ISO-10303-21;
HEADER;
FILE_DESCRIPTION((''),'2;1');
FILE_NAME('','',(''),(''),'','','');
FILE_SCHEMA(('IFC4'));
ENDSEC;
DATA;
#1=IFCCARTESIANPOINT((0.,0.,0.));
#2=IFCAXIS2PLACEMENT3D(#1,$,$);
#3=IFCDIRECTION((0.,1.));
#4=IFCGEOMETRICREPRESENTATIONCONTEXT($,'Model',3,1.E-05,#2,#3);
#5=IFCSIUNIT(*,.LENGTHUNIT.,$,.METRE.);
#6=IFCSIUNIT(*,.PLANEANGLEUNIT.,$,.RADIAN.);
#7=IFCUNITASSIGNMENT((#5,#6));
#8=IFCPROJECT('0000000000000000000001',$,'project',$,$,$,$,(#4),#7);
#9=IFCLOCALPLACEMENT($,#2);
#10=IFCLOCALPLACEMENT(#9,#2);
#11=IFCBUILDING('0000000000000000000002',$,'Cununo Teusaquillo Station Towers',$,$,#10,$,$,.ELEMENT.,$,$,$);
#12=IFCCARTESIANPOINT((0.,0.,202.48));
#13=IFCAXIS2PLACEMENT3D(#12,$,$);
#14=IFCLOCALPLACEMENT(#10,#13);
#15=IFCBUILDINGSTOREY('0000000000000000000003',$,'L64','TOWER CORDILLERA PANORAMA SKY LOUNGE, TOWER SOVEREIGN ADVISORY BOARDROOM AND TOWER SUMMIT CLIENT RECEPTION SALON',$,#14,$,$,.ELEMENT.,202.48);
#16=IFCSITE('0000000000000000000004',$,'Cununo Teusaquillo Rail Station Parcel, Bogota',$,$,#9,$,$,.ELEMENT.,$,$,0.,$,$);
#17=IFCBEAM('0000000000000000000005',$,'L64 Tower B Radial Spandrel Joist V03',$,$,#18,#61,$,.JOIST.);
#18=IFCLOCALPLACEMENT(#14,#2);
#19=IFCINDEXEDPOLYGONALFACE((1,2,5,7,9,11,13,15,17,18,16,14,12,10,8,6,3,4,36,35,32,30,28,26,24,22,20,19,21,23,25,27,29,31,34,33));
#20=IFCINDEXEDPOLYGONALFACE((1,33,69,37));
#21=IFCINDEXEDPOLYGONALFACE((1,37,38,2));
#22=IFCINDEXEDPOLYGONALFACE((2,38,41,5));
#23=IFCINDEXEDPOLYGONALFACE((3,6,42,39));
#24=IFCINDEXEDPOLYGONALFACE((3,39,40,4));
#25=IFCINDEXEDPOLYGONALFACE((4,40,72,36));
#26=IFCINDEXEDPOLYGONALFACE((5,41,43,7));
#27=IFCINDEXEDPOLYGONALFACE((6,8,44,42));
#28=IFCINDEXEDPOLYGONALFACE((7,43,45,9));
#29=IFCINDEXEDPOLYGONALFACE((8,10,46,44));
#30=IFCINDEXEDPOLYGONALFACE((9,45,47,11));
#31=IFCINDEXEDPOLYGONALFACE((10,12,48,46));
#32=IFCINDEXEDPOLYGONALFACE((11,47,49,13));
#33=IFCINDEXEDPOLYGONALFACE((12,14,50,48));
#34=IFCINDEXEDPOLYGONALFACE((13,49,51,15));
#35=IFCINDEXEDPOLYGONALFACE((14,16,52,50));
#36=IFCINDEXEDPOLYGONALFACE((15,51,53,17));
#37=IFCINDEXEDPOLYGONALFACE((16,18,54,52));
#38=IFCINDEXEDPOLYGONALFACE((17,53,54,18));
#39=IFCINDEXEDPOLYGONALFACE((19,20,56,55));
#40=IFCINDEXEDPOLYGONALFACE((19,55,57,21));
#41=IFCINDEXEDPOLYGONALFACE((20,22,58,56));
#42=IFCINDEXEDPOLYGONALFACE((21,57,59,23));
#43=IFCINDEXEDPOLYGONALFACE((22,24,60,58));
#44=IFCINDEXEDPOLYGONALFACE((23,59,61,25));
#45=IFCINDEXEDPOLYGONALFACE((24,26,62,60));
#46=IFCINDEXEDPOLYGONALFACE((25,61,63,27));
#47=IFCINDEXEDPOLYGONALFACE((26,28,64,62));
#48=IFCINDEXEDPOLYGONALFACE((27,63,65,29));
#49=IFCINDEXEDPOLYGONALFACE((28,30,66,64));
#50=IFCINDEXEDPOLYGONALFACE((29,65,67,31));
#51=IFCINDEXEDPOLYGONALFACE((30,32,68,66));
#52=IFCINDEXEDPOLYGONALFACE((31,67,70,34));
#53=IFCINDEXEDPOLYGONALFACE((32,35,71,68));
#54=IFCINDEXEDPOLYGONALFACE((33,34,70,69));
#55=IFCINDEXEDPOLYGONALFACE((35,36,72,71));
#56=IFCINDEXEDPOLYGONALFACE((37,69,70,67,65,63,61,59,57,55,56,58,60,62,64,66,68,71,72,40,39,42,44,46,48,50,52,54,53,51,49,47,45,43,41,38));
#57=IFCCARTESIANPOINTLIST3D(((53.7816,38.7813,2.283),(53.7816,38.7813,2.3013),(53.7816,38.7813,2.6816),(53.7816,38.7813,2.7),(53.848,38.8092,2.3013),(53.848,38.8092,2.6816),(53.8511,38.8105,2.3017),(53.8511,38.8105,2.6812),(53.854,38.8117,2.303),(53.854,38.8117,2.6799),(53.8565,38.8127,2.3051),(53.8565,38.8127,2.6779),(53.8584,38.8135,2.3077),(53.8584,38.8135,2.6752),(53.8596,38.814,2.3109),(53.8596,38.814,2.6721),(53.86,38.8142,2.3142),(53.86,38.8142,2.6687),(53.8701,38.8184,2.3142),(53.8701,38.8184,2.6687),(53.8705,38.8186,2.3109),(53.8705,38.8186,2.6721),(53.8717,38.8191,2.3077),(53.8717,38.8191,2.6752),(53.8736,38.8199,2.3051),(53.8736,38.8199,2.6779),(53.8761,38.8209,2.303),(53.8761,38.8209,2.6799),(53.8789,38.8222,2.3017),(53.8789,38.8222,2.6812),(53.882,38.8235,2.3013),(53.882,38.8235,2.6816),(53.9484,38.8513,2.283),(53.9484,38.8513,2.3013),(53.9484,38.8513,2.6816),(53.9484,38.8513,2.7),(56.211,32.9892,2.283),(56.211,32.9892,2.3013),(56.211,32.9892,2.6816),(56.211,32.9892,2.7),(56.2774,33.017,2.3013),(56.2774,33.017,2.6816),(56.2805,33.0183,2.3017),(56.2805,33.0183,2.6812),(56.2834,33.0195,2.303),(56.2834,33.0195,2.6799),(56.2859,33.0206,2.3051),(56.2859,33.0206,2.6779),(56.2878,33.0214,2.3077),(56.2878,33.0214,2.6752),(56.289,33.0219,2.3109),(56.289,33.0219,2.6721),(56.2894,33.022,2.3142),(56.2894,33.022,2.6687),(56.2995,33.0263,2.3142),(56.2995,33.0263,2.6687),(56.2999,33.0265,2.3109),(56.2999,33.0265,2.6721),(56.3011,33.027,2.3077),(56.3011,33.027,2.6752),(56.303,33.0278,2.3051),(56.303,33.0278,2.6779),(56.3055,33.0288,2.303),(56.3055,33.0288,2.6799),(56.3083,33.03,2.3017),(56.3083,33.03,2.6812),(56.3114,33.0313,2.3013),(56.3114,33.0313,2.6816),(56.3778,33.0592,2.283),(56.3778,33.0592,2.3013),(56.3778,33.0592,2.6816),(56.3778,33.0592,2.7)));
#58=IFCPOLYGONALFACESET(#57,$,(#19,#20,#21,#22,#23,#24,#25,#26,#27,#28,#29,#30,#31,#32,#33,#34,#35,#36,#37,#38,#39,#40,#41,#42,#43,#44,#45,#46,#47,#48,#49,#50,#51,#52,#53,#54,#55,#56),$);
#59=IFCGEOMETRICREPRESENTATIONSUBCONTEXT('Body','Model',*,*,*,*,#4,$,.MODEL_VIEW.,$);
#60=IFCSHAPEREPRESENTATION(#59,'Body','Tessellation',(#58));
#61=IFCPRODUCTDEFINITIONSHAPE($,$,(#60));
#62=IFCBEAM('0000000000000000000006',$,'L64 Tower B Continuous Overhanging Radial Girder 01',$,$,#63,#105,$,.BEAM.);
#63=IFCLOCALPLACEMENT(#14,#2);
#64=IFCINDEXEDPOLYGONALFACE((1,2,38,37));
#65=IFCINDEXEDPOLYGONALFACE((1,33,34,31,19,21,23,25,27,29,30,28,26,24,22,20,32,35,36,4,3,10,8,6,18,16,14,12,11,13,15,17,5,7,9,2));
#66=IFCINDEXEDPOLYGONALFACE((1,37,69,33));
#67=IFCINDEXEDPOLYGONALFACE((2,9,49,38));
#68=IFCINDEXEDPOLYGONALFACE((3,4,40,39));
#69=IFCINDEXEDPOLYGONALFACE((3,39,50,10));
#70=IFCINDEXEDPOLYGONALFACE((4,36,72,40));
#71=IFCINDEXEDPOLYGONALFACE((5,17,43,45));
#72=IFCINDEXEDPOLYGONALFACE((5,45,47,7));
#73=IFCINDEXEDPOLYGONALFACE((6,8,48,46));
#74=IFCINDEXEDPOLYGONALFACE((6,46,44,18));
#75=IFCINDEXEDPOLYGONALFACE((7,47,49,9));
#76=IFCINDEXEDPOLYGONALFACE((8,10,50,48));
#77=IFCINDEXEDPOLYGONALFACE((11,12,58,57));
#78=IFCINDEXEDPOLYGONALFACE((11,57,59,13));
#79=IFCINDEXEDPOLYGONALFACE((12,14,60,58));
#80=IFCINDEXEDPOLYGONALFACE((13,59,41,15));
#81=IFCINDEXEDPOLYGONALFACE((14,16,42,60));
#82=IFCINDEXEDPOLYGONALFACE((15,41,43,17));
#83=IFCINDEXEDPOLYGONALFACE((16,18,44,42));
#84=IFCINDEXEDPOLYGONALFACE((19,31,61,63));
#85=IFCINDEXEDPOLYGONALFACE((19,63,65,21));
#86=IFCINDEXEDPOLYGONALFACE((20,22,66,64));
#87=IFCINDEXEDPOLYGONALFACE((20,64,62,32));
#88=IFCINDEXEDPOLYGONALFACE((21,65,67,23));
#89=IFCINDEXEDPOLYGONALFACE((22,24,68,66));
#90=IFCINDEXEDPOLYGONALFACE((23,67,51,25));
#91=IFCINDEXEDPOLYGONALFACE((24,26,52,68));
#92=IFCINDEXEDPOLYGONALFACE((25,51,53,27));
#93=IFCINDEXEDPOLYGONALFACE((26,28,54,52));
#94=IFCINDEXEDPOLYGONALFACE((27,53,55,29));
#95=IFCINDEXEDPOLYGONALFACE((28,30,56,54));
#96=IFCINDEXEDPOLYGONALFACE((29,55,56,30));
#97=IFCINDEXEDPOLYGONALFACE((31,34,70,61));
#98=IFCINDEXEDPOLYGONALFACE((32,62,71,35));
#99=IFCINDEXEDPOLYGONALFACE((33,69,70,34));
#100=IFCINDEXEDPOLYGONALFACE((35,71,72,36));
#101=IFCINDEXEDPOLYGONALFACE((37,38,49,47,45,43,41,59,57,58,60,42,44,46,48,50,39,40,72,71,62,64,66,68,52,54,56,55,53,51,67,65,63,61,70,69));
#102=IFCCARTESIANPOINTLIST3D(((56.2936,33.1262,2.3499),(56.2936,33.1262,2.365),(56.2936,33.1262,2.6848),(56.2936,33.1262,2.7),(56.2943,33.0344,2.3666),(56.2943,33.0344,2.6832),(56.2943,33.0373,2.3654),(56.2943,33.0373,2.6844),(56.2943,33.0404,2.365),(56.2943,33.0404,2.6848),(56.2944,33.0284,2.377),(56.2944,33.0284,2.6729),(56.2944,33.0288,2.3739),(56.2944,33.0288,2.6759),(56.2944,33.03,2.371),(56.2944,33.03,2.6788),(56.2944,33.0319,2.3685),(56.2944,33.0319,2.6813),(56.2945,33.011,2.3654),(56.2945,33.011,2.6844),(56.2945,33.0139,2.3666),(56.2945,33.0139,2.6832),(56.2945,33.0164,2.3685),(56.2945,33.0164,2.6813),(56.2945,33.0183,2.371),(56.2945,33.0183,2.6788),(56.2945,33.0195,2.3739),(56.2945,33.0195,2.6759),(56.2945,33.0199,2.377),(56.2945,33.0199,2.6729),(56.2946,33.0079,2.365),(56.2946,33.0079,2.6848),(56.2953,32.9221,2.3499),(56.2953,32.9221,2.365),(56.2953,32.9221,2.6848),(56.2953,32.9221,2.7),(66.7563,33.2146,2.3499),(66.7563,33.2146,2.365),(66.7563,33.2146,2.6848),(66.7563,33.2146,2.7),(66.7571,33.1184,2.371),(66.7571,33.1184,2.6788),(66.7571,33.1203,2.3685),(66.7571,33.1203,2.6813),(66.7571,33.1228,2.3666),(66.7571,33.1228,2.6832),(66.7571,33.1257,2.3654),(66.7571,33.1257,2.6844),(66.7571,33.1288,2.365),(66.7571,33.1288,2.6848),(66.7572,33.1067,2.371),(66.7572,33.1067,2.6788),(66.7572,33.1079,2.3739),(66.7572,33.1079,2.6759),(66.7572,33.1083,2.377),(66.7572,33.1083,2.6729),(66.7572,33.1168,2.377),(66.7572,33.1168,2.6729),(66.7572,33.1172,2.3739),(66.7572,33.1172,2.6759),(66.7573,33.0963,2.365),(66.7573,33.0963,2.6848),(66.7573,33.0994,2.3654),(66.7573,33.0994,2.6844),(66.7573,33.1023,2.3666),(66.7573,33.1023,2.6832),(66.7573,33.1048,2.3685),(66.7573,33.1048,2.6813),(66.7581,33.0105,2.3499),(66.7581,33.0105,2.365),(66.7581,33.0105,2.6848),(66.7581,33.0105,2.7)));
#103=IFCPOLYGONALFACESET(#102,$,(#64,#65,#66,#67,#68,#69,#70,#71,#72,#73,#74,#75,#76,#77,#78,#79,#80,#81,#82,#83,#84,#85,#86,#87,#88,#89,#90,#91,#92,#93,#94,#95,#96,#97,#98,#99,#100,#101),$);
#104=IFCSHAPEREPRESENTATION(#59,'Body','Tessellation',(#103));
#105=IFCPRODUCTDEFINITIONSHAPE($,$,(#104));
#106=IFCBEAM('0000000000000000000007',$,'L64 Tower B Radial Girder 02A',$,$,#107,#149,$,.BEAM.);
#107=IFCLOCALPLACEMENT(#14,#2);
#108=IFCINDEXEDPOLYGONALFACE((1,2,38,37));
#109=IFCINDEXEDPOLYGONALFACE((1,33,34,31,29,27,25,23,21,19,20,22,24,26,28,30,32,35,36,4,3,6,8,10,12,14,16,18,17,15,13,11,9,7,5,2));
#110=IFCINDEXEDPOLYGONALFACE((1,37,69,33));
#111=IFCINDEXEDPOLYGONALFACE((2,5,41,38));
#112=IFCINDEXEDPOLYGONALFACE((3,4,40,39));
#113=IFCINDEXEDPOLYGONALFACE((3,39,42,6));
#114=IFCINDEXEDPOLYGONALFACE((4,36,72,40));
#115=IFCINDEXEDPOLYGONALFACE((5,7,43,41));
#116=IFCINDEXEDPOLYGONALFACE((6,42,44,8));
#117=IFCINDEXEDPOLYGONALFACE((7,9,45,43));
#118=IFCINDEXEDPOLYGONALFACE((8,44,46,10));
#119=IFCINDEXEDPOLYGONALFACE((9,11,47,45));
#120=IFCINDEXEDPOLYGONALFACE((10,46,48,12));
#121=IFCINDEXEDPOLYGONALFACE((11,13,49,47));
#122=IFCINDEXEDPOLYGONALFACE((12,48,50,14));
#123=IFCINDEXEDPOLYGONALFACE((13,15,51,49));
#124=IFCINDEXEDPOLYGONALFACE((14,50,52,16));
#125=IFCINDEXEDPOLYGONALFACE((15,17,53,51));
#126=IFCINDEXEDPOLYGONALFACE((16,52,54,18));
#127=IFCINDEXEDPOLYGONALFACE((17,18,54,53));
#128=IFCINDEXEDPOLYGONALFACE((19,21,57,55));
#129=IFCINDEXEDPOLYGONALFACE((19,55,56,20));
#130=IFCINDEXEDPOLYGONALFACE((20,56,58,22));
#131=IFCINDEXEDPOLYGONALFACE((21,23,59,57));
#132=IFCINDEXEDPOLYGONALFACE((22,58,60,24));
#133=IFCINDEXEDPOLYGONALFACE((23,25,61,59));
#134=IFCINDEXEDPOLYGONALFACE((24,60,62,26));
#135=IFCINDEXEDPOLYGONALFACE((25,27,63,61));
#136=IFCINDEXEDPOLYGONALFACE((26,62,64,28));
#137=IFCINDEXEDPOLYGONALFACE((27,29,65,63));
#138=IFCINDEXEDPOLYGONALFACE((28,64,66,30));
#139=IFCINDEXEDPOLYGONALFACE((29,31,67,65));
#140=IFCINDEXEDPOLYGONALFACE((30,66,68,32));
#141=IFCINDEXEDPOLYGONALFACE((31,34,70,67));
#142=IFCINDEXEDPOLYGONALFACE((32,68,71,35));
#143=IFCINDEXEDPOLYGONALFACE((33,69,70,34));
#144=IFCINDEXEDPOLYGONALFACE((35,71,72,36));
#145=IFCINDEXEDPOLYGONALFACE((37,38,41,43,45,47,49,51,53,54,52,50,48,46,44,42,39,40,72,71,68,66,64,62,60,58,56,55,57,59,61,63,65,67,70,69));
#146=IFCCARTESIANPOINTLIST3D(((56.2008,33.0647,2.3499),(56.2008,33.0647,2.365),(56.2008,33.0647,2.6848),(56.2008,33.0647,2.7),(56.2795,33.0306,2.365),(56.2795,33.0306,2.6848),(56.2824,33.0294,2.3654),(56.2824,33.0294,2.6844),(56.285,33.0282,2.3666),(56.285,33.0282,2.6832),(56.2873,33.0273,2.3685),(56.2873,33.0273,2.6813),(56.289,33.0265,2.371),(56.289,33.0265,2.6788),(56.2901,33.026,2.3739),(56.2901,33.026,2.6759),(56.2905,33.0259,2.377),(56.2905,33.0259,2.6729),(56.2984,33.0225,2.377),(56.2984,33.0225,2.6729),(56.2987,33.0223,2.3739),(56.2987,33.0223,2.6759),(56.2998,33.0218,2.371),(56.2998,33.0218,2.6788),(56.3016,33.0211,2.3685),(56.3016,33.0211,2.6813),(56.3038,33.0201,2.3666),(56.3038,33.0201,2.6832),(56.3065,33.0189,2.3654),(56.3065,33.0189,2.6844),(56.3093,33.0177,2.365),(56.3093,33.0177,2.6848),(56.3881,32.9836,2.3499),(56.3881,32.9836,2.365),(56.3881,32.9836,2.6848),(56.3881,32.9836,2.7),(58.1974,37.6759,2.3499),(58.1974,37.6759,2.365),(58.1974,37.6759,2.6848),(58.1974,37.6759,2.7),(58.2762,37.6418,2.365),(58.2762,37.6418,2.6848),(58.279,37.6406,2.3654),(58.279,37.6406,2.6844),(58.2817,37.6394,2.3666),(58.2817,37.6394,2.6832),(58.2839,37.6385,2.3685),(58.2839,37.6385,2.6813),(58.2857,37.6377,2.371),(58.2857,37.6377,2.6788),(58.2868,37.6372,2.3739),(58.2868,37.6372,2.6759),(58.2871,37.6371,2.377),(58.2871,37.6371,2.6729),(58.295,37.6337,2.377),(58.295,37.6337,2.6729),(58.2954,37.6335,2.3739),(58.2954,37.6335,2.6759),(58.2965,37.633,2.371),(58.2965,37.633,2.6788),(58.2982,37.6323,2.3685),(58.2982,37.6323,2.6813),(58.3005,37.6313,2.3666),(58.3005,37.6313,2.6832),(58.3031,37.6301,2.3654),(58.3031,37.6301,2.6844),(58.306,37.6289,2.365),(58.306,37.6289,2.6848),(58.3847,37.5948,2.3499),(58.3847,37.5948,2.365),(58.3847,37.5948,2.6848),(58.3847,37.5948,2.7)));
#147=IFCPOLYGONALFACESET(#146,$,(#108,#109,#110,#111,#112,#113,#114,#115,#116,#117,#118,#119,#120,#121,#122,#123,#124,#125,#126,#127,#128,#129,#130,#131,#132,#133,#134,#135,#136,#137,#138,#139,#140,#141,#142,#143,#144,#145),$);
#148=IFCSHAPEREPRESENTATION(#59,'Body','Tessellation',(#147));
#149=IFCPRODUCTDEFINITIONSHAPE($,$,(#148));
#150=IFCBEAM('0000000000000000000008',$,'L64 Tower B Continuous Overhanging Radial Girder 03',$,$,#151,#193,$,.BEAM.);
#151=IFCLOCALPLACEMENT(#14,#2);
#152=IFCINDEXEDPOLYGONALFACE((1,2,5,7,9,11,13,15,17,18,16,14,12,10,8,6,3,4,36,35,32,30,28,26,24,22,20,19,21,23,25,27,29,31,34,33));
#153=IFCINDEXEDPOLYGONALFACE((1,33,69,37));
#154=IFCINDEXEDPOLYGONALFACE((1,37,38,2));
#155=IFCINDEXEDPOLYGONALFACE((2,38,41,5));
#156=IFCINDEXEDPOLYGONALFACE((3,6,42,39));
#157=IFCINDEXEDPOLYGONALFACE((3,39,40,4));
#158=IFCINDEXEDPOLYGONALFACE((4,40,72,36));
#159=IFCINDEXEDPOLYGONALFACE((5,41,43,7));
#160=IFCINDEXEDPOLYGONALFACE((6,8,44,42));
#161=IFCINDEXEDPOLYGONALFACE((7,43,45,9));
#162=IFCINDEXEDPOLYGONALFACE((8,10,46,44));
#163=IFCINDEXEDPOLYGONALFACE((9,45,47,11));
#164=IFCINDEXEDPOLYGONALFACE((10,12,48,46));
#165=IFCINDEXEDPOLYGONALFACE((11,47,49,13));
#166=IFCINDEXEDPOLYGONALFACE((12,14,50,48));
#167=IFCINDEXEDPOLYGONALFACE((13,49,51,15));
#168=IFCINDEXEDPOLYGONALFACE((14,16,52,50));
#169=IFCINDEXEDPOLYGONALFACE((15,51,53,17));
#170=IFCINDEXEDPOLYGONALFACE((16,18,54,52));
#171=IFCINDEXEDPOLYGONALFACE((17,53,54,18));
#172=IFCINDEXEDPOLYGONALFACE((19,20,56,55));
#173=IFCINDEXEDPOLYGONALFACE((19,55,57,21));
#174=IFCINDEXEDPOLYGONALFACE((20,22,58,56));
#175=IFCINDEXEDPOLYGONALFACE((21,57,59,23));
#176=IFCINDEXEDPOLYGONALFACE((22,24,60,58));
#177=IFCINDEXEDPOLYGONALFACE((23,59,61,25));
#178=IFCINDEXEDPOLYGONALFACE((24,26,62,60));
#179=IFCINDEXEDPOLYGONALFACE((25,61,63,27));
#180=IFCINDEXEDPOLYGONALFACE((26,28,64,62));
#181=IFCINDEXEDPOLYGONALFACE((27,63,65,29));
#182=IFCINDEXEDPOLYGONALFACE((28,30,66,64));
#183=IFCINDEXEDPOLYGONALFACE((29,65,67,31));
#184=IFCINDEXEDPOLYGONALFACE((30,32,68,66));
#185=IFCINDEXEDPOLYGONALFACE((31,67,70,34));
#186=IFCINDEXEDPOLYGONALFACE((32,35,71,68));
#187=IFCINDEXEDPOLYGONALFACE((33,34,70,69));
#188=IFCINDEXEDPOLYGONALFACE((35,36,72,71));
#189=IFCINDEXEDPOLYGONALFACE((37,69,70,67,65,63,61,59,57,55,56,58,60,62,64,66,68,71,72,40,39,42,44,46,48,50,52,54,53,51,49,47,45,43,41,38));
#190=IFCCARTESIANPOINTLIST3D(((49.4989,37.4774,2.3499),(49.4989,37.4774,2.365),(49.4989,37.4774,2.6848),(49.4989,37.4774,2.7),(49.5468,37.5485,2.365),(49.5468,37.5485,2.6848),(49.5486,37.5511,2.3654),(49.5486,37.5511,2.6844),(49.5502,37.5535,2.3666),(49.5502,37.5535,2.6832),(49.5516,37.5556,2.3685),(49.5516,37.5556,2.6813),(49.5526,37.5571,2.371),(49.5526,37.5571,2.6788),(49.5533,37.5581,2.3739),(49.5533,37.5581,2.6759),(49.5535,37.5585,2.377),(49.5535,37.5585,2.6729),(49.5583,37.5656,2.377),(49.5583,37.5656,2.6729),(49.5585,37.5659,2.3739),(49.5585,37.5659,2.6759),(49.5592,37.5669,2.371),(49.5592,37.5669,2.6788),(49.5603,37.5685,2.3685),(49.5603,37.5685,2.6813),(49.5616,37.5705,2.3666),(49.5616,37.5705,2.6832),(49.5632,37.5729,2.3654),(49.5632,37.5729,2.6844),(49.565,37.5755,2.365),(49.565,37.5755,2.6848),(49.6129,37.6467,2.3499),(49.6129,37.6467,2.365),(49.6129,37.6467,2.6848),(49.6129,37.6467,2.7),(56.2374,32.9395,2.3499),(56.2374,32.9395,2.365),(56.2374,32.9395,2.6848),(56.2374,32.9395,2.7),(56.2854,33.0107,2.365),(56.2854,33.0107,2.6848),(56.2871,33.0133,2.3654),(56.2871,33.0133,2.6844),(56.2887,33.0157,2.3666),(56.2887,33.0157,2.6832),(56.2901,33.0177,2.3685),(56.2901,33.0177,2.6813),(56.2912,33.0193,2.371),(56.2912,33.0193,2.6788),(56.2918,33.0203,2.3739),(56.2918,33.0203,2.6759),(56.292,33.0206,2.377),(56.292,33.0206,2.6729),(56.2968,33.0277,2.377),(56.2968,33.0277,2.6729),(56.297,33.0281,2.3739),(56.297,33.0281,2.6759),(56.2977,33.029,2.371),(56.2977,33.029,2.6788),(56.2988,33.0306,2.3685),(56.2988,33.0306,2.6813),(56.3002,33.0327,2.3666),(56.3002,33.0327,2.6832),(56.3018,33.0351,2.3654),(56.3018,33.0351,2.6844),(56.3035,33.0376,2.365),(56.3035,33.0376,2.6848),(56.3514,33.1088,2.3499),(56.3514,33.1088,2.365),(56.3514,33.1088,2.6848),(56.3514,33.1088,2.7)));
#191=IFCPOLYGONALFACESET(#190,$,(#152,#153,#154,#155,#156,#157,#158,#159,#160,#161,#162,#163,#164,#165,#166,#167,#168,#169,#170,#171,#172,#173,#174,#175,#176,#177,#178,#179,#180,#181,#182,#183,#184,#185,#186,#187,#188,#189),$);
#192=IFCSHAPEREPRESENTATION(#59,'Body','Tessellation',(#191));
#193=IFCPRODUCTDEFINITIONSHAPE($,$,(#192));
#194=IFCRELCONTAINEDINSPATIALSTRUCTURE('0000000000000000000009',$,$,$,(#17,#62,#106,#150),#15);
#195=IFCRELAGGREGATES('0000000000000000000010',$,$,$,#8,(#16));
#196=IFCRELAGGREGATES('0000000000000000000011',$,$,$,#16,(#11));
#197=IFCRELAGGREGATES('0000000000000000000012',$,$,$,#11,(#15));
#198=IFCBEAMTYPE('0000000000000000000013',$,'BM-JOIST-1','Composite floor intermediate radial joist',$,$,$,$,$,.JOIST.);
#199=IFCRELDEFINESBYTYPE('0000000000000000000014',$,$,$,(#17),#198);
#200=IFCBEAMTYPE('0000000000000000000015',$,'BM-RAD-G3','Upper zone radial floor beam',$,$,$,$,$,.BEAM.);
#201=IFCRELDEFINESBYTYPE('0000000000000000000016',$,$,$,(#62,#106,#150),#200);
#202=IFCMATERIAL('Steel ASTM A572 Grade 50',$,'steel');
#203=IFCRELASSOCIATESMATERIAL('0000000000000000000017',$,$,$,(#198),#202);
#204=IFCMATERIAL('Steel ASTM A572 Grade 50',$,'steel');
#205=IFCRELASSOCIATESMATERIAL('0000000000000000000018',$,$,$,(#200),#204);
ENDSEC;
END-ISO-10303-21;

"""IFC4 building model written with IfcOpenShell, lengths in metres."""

from ifc_helpers import new_model, si_unit, direction, frame, origin, origin_2d, place, context, subcontext, project, spatial, i_section, extrude, material, material_profile, profile_set, type_object, element, save


model = new_model("IFC4")

# Units and contexts
model_context = context("Model", 3, precision=1e-05, world=origin(), true_north=direction((0.0, 1.0)))
body_context = subcontext(model_context, "Body", "Model", "MODEL_VIEW")
ifc_project = project(units=[si_unit("LENGTHUNIT", "METRE"), si_unit("PLANEANGLEUNIT", "RADIAN")], contexts=[model_context])

# Site, building, storey
site_placement = place(None, origin())
site = spatial("IfcSite", under=ifc_project, at=site_placement, Name="Cununo Teusaquillo Rail Station Parcel, Bogota", CompositionType="ELEMENT", RefElevation=0.0)
building_placement = place(site_placement, origin())
building = spatial("IfcBuilding", under=site, at=building_placement, Name="Cununo Teusaquillo Station Towers", CompositionType="ELEMENT")
storey_placement = place(building_placement, frame((0.0, 0.0, 202.48)))
storey = spatial("IfcBuildingStorey", under=building, at=storey_placement, Name="L64", Description="TOWER CORDILLERA PANORAMA SKY LOUNGE, TOWER SOVEREIGN ADVISORY BOARDROOM AND TOWER SUMMIT CLIENT RECEPTION SALON", CompositionType="ELEMENT", Elevation=202.48)

# Beams
ifc_material_1 = material(Name="Steel ASTM A572 Grade 50", Category="steel")
ifc_material_profile_1 = material_profile(ifc_material_1, i_section(OverallWidth=0.1809, OverallDepth=0.417, WebThickness=0.011, FlangeThickness=0.0183, FilletRadius=0.0129, at=origin_2d()), Name="W16X57")
ifc_profile_set_1 = profile_set([ifc_material_profile_1], Name="Steel ASTM A572 Grade 50")
beam_type_1 = type_object("IfcBeamType", Name="BM-JOIST-1", Description="Composite floor intermediate radial joist", PredefinedType="JOIST", material=ifc_profile_set_1)
beam_1_placement = place(storey_placement, frame((56.2944, 33.0242, 2.4915), z_axis=(-0.386786, 0.922169, 0.0), x_axis=(-0.922169, -0.386786, 0.0)))
element("IfcBeam", 1, at=beam_1_placement, inside=storey, type_object=beam_type_1, Name="L64 Tower B Radial Spandrel Joist V03", PredefinedType="JOIST", context=body_context, shape_type="SweptSolid", body=[
    extrude(i_section(OverallWidth=0.1809, OverallDepth=0.417, WebThickness=0.011, FlangeThickness=0.0183, FilletRadius=0.0129, at=origin_2d()), origin(), (0.0, 0.0, 1.0), 6.281),
])
ifc_material_2 = material(Name="Steel ASTM A572 Grade 50", Category="steel")
ifc_material_profile_2 = material_profile(ifc_material_2, i_section(OverallWidth=0.2041, OverallDepth=0.3501, WebThickness=0.0085, FlangeThickness=0.0151, FilletRadius=0.012, at=origin_2d()), Name="W14X48")
ifc_profile_set_2 = profile_set([ifc_material_profile_2], Name="Steel ASTM A572 Grade 50")
beam_type_2 = type_object("IfcBeamType", Name="BM-RAD-G3", Description="Upper zone radial floor beam", PredefinedType="BEAM", material=ifc_profile_set_2)
beam_2_placement = place(storey_placement, frame((56.2944, 33.0242, 2.5249), z_axis=(0.999964, 0.008447, 0.0), x_axis=(-0.008447, 0.999964, 0.0)))
element("IfcBeam", 2, at=beam_2_placement, inside=storey, type_object=beam_type_2, Name="L64 Tower B Continuous Overhanging Radial Girder 01", PredefinedType="BEAM", context=body_context, shape_type="SweptSolid", body=[
    extrude(i_section(OverallWidth=0.2041, OverallDepth=0.3501, WebThickness=0.0085, FlangeThickness=0.0151, FilletRadius=0.012, at=origin_2d()), origin(), (0.0, 0.0, 1.0), 10.4631),
])
beam_3_placement = place(storey_placement, frame((56.2944, 33.0242, 2.5249), z_axis=(0.397347, 0.917668, 0.0), x_axis=(-0.917668, 0.397347, 0.0)))
element("IfcBeam", 3, at=beam_3_placement, inside=storey, type_object=beam_type_2, Name="L64 Tower B Radial Girder 02A", PredefinedType="BEAM", context=body_context, shape_type="SweptSolid", body=[
    extrude(i_section(OverallWidth=0.2041, OverallDepth=0.3501, WebThickness=0.0085, FlangeThickness=0.0151, FilletRadius=0.012, at=origin_2d()), origin(), (0.0, 0.0, 1.0), 5.0249),
])
beam_4_placement = place(storey_placement, frame((56.2944, 33.0242, 2.5249), z_axis=(-0.829457, 0.558571, 0.0), x_axis=(-0.558571, -0.829457, 0.0)))
element("IfcBeam", 4, at=beam_4_placement, inside=storey, type_object=beam_type_2, Name="L64 Tower B Continuous Overhanging Radial Girder 03", PredefinedType="BEAM", context=body_context, shape_type="SweptSolid", body=[
    extrude(i_section(OverallWidth=0.2041, OverallDepth=0.3501, WebThickness=0.0085, FlangeThickness=0.0151, FilletRadius=0.012, at=origin_2d()), origin(), (0.0, 0.0, 1.0), 8.124),
])

save(model, "model.ifc")
